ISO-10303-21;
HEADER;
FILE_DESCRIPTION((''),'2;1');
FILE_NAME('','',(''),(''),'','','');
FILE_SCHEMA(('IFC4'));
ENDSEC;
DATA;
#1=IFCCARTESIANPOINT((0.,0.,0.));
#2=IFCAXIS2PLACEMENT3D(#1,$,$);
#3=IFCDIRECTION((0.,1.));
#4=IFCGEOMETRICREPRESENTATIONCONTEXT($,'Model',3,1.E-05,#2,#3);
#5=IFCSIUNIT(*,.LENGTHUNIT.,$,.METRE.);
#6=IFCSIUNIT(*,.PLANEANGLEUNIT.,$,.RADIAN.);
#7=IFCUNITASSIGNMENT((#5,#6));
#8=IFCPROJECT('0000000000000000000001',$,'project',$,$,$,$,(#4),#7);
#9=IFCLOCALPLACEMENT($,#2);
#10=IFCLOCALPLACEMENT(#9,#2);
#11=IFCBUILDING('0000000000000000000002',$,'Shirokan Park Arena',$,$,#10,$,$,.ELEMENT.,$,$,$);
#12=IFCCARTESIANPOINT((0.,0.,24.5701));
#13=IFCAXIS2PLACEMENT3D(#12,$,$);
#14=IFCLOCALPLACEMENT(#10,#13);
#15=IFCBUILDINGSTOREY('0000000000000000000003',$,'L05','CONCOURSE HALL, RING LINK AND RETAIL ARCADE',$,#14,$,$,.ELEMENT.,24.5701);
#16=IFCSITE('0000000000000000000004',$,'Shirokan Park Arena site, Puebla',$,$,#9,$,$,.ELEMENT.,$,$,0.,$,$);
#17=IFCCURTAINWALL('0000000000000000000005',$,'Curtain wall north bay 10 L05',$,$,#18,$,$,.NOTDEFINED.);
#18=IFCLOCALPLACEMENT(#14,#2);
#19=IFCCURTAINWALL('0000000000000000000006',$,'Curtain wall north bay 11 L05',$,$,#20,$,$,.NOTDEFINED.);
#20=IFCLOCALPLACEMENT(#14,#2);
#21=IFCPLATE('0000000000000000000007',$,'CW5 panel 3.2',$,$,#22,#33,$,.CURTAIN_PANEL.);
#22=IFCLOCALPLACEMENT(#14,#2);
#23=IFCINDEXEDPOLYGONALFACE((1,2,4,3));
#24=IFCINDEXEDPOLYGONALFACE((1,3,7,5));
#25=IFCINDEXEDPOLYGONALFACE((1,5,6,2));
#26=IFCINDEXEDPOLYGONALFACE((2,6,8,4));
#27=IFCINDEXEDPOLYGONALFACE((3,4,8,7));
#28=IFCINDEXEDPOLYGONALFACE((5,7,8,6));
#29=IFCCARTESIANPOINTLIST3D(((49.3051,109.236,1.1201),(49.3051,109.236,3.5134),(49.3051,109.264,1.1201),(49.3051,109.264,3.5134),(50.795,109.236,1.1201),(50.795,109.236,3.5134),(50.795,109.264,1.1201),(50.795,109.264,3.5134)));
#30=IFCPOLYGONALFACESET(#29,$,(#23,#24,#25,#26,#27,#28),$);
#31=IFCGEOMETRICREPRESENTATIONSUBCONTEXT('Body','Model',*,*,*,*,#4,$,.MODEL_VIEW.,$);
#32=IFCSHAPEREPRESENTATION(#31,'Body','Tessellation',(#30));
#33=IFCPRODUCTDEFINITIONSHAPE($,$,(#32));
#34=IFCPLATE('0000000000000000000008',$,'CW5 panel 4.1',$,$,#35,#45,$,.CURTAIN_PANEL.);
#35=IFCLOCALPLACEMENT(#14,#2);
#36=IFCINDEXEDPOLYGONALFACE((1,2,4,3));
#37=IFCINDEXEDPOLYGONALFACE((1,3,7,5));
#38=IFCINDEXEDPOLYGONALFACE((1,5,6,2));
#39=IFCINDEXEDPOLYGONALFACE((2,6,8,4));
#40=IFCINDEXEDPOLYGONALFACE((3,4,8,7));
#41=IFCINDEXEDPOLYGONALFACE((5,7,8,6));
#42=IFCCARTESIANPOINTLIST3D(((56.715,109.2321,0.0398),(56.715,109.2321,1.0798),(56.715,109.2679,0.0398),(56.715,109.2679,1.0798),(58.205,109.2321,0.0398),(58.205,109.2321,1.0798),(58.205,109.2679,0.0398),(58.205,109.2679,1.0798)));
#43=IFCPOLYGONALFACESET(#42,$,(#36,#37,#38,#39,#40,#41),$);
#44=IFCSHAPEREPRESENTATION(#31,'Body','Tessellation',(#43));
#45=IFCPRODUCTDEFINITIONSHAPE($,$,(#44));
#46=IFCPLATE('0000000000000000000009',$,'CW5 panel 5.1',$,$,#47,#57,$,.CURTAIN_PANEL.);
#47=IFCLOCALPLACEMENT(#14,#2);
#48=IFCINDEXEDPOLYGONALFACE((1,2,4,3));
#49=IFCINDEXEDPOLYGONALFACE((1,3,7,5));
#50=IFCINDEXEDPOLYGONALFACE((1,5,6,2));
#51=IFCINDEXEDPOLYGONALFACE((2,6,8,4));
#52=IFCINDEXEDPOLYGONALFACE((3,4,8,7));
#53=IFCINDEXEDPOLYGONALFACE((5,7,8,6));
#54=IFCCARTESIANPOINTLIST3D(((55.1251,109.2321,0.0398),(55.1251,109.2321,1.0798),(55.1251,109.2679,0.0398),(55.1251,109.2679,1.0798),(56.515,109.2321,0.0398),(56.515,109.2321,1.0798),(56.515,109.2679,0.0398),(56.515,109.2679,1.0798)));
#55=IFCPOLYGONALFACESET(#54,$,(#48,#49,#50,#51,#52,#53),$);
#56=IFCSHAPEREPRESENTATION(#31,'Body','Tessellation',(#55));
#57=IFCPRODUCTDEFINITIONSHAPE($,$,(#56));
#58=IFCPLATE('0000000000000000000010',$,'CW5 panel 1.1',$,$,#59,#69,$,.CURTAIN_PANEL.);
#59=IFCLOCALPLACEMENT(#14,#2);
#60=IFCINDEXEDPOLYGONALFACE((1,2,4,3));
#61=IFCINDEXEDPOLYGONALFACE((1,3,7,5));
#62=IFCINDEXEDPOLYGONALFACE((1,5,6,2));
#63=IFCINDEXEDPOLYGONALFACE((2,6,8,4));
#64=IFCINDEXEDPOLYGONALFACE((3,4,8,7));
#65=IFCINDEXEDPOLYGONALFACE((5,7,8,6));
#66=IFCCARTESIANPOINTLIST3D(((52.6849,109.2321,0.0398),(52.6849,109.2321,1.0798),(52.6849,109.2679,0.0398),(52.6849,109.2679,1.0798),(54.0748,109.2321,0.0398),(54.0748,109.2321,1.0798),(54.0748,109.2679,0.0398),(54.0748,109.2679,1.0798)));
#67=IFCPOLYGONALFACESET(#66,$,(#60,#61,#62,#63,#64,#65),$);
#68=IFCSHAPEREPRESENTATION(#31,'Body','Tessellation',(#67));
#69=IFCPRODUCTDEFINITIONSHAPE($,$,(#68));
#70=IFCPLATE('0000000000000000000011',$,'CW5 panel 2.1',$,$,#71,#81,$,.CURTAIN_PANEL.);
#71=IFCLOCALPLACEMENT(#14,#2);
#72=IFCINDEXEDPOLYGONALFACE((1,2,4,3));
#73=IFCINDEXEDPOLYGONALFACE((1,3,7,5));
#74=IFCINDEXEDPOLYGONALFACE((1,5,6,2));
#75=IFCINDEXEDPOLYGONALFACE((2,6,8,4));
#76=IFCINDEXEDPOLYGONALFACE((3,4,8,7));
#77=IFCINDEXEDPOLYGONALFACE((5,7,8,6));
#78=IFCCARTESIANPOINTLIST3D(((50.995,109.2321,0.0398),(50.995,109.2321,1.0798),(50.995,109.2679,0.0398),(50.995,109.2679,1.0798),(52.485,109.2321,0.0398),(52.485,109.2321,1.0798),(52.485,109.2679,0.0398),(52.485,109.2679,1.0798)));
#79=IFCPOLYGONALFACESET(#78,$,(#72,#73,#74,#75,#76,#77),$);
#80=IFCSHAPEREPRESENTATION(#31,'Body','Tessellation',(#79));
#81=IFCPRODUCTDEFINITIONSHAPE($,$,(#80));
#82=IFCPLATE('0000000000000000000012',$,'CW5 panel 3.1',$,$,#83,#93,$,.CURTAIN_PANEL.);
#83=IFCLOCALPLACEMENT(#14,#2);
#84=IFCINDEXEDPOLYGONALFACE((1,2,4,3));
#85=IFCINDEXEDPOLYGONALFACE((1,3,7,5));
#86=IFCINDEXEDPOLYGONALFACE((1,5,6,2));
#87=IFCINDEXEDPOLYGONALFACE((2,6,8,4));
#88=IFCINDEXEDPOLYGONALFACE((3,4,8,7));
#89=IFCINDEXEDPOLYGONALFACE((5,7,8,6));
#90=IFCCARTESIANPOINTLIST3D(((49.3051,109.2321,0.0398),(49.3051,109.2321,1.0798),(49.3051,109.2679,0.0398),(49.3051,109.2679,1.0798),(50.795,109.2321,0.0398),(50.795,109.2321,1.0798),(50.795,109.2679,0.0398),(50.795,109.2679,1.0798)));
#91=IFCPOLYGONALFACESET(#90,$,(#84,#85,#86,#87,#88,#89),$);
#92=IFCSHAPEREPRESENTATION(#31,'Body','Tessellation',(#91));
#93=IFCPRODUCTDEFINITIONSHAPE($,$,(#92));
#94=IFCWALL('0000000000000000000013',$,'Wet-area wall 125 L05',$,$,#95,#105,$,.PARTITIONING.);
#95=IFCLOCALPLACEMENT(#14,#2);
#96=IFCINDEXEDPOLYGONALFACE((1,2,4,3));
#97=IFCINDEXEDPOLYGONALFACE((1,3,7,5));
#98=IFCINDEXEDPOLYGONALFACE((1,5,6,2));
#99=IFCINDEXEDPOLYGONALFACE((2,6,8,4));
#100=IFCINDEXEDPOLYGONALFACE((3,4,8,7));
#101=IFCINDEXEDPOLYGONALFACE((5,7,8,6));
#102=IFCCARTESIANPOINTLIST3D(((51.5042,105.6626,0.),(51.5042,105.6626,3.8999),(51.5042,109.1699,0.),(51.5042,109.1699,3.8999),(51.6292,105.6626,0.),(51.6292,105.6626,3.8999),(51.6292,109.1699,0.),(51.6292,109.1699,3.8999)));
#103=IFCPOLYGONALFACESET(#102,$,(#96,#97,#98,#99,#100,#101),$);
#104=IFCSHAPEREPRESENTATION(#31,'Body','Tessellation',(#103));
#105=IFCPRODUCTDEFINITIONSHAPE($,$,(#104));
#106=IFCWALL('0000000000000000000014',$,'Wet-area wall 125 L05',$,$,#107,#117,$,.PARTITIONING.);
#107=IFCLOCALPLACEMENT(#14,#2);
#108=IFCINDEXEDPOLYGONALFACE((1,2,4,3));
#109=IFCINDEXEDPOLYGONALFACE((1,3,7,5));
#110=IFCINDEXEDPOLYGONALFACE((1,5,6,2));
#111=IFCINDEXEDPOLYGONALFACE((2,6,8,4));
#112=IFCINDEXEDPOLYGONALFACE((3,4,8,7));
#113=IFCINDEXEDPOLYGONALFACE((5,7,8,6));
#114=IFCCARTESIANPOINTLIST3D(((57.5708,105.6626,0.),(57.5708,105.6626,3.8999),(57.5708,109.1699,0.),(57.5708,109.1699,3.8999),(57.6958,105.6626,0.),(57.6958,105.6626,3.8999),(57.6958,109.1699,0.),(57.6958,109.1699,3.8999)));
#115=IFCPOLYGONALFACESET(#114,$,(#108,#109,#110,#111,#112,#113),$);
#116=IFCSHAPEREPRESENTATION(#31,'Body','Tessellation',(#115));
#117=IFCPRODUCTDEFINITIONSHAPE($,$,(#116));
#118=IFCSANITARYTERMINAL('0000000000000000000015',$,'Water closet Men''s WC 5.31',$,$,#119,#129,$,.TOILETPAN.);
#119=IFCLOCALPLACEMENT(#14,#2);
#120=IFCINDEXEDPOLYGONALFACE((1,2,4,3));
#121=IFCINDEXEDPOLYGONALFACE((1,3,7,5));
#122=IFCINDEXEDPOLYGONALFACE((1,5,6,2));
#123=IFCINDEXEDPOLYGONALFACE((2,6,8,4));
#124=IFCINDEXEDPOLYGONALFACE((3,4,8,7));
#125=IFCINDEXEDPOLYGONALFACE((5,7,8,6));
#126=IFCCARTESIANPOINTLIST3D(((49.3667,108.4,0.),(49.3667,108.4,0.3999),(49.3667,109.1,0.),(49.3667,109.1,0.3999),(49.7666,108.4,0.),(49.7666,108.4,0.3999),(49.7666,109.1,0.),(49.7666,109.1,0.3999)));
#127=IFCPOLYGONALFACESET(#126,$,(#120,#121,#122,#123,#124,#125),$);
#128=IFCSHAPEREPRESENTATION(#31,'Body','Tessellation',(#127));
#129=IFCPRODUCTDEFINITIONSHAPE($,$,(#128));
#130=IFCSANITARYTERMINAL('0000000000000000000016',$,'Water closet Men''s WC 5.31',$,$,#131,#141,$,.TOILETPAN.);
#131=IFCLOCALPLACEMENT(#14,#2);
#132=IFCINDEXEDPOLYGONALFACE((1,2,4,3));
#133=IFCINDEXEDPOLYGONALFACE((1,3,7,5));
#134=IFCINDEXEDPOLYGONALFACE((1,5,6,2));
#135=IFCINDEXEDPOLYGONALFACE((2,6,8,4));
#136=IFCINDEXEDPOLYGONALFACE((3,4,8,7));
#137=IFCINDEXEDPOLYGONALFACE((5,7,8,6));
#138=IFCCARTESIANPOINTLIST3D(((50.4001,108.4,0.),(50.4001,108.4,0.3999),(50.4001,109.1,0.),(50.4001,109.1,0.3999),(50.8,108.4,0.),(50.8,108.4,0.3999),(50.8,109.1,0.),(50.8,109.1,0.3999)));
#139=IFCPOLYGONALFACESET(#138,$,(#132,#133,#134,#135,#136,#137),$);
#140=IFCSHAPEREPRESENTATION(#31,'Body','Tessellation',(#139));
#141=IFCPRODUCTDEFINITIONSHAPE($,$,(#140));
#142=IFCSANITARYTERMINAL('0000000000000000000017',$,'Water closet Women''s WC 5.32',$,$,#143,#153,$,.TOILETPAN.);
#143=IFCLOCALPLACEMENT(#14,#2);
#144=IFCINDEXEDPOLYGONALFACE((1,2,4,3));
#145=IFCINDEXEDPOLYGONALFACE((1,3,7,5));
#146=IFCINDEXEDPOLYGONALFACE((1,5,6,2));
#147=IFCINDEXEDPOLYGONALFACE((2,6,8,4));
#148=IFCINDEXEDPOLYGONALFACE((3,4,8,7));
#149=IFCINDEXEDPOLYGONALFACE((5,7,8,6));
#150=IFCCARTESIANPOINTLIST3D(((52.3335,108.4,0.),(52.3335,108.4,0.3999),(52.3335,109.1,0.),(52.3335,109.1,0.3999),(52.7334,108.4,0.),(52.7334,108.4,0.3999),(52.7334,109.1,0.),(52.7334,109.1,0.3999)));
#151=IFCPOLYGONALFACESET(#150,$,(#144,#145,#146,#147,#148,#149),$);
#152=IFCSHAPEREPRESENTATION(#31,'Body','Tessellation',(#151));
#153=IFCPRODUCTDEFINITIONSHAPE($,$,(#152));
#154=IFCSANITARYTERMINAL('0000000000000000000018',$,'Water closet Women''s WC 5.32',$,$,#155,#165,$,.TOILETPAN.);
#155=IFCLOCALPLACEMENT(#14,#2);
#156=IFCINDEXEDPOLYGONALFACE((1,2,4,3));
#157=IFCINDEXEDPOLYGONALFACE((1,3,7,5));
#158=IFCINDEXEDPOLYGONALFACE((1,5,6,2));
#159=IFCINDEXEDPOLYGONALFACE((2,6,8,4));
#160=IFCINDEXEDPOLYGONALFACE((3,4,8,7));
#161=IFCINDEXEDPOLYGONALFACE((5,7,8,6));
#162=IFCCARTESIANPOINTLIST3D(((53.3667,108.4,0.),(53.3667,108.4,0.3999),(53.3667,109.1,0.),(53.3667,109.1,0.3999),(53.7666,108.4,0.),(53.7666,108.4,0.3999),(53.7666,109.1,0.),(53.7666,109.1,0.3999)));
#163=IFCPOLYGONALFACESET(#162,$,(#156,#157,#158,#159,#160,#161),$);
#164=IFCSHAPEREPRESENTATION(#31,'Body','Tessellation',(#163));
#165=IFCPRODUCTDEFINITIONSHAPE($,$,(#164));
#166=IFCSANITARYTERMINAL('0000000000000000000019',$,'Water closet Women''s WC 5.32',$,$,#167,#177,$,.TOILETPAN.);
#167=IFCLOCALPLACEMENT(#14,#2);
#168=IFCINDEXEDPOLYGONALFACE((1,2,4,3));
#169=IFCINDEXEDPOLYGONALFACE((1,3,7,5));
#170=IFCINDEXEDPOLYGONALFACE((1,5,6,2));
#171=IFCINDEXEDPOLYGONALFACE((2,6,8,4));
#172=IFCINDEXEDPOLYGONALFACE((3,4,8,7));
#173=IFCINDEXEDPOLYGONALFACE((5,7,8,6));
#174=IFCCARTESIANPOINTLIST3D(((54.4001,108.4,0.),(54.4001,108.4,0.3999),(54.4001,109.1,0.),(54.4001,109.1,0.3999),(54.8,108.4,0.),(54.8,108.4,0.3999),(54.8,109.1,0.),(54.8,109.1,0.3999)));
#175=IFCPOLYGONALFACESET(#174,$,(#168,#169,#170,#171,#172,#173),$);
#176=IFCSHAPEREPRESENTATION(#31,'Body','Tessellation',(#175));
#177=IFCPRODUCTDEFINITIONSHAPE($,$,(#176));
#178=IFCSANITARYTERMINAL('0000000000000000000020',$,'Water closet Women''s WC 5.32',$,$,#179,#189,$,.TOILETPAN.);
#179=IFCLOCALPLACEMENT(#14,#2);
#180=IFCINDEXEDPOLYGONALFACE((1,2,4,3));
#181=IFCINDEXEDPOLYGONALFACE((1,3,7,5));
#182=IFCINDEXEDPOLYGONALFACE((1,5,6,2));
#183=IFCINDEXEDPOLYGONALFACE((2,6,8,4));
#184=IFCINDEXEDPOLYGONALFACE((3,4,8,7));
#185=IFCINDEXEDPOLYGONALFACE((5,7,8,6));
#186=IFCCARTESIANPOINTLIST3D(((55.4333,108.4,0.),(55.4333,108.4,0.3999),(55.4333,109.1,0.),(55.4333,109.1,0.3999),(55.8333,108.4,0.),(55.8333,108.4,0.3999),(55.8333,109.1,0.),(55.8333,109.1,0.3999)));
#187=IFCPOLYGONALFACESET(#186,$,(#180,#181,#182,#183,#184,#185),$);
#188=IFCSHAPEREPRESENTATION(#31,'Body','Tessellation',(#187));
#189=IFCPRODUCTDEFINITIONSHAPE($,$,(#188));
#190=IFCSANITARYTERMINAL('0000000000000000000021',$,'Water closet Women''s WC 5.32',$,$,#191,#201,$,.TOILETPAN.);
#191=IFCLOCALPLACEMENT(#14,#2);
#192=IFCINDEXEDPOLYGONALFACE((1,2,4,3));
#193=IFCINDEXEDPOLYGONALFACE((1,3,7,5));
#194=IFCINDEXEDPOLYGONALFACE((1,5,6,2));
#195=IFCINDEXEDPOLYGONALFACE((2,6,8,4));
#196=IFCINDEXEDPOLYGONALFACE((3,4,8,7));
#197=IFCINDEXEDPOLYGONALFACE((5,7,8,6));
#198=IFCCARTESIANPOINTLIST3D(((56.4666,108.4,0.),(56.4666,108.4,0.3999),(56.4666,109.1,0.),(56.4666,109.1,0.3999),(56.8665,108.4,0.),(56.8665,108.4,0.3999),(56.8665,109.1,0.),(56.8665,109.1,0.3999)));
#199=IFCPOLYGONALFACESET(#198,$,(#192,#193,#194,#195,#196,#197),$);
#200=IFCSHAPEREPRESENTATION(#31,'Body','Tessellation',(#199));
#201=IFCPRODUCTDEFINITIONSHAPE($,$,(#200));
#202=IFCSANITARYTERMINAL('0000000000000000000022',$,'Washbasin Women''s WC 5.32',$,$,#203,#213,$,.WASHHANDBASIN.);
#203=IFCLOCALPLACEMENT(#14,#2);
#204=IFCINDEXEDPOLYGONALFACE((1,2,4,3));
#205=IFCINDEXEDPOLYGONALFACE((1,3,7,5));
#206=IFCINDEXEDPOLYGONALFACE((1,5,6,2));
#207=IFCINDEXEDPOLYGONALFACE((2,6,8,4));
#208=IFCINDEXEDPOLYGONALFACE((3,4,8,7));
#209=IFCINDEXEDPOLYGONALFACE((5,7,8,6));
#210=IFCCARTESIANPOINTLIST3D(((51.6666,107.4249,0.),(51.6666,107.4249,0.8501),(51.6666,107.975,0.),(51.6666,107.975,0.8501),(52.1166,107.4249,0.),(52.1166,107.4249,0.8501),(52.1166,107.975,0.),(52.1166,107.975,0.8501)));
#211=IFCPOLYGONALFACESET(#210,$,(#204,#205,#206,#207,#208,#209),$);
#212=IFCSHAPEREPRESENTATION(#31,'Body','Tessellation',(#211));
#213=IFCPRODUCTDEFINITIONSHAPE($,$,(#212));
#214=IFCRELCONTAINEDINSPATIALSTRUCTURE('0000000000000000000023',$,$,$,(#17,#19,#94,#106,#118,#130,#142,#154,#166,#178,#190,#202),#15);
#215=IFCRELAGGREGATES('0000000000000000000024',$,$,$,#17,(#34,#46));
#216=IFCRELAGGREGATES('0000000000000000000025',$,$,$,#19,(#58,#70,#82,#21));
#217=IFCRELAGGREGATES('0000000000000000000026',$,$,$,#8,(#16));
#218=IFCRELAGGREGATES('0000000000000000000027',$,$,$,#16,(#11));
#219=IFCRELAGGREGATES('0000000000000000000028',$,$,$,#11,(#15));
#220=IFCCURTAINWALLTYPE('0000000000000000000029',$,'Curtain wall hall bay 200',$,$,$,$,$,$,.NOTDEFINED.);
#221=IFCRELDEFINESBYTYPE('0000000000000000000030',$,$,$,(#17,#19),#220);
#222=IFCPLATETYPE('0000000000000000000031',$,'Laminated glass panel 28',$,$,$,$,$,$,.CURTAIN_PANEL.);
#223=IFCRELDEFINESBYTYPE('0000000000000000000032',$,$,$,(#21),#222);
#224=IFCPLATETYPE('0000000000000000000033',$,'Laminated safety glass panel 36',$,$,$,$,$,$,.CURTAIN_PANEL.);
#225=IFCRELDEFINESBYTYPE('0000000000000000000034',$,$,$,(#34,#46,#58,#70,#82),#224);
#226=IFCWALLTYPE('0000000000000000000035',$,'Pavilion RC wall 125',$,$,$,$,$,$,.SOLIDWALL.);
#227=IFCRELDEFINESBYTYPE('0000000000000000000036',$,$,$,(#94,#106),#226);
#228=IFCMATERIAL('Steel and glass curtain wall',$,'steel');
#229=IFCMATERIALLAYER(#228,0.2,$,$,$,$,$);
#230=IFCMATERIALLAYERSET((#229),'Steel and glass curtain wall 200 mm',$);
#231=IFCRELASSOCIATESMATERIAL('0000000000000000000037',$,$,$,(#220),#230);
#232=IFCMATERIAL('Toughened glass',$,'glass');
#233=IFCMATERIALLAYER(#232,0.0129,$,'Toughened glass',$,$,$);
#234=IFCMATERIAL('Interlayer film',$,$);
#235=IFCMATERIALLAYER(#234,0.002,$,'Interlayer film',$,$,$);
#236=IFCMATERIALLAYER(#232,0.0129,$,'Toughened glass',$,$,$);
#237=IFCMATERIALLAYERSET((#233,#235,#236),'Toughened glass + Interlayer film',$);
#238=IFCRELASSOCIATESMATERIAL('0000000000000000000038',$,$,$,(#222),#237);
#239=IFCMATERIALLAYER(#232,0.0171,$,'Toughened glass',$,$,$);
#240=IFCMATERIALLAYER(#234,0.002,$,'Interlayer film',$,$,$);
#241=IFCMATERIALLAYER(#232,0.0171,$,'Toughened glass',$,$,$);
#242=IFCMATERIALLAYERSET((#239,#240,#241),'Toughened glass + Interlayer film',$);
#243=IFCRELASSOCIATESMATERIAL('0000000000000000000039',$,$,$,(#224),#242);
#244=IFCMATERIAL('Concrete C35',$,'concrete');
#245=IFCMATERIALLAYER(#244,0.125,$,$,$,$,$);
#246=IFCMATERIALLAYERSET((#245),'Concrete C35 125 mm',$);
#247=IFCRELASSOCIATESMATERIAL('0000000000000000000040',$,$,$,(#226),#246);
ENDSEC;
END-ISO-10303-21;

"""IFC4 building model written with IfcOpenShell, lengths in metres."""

from ifc_helpers import new_model, si_unit, direction, frame, frame_2d, origin, origin_2d, place, context, subcontext, project, spatial, rectangle, extrude, material, layer, layer_set, type_object, element, aggregate, save


model = new_model("IFC4")

# Units and contexts
model_context = context("Model", 3, precision=1e-05, world=origin(), true_north=direction((0.0, 1.0)))
body_context = subcontext(model_context, "Body", "Model", "MODEL_VIEW")
ifc_project = project(units=[si_unit("LENGTHUNIT", "METRE"), si_unit("PLANEANGLEUNIT", "RADIAN")], contexts=[model_context])

# Site, building, storey
site_placement = place(None, origin())
site = spatial("IfcSite", under=ifc_project, at=site_placement, Name="Shirokan Park Arena site, Puebla", CompositionType="ELEMENT", RefElevation=0.0)
building_placement = place(site_placement, origin())
building = spatial("IfcBuilding", under=site, at=building_placement, Name="Shirokan Park Arena", CompositionType="ELEMENT")
storey_placement = place(building_placement, frame((0.0, 0.0, 24.5701)))
storey = spatial("IfcBuildingStorey", under=building, at=storey_placement, Name="L05", Description="CONCOURSE HALL, RING LINK AND RETAIL ARCADE", CompositionType="ELEMENT", Elevation=24.5701)

# Shared definitions
ifc_material_1 = material(Name="Concrete C35", Category="concrete")

# Curtain walls
ifc_material_2 = material(Name="Steel and glass curtain wall", Category="steel")
ifc_layer_1 = layer(ifc_material_2, 0.2)
ifc_layer_set_1 = layer_set([ifc_layer_1], Name="Steel and glass curtain wall 200 mm")
curtain_wall_type = type_object("IfcCurtainWallType", Name="Curtain wall hall bay 200", PredefinedType="NOTDEFINED", material=ifc_layer_set_1)
curtain_wall_1_placement = place(storey_placement, origin())
curtain_wall_1 = element("IfcCurtainWall", 1, at=curtain_wall_1_placement, inside=storey, type_object=curtain_wall_type, Name="Curtain wall north bay 10 L05", PredefinedType="NOTDEFINED")
curtain_wall_2_placement = place(storey_placement, origin())
curtain_wall_2 = element("IfcCurtainWall", 2, at=curtain_wall_2_placement, inside=storey, type_object=curtain_wall_type, Name="Curtain wall north bay 11 L05", PredefinedType="NOTDEFINED")

# Plates
ifc_material_3 = material(Name="Toughened glass", Category="glass")
ifc_layer_2 = layer(ifc_material_3, 0.0129, Name="Toughened glass")
ifc_material_4 = material(Name="Interlayer film")
ifc_layer_3 = layer(ifc_material_4, 0.002, Name="Interlayer film")
ifc_layer_4 = layer(ifc_material_3, 0.0129, Name="Toughened glass")
ifc_layer_set_2 = layer_set([ifc_layer_2, ifc_layer_3, ifc_layer_4], Name="Toughened glass + Interlayer film")
plate_type_1 = type_object("IfcPlateType", Name="Laminated glass panel 28", PredefinedType="CURTAIN_PANEL", material=ifc_layer_set_2)
plate_1_placement = place(storey_placement, frame((50.05, 109.25, 1.1201), z_axis=(0.0, 0.0, 1.0), x_axis=(-1.0, 0.0, 0.0)))
plate_1 = element("IfcPlate", 3, at=plate_1_placement, type_object=plate_type_1, Name="CW5 panel 3.2", PredefinedType="CURTAIN_PANEL", context=body_context, shape_type="SweptSolid", body=[
    extrude(rectangle(XDim=1.49, YDim=0.0281, at=origin_2d()), origin(), (0.0, 0.0, 1.0), 2.3933),
])
ifc_layer_5 = layer(ifc_material_3, 0.0171, Name="Toughened glass")
ifc_layer_6 = layer(ifc_material_4, 0.002, Name="Interlayer film")
ifc_layer_7 = layer(ifc_material_3, 0.0171, Name="Toughened glass")
ifc_layer_set_3 = layer_set([ifc_layer_5, ifc_layer_6, ifc_layer_7], Name="Toughened glass + Interlayer film")
plate_type_2 = type_object("IfcPlateType", Name="Laminated safety glass panel 36", PredefinedType="CURTAIN_PANEL", material=ifc_layer_set_3)
plate_2_placement = place(storey_placement, frame((57.46, 109.25, 0.0398), z_axis=(0.0, 0.0, 1.0), x_axis=(-1.0, 0.0, 0.0)))
plate_2 = element("IfcPlate", 4, at=plate_2_placement, type_object=plate_type_2, Name="CW5 panel 4.1", PredefinedType="CURTAIN_PANEL", context=body_context, shape_type="SweptSolid", body=[
    extrude(rectangle(XDim=1.49, YDim=0.0359, at=origin_2d()), origin(), (0.0, 0.0, 1.0), 1.04),
])
plate_3_placement = place(storey_placement, frame((55.8201, 109.25, 0.0398), z_axis=(0.0, 0.0, 1.0), x_axis=(-1.0, 0.0, 0.0)))
plate_3 = element("IfcPlate", 5, at=plate_3_placement, type_object=plate_type_2, Name="CW5 panel 5.1", PredefinedType="CURTAIN_PANEL", context=body_context, shape_type="SweptSolid", body=[
    extrude(rectangle(XDim=1.3899, YDim=0.0359, at=origin_2d()), origin(), (0.0, 0.0, 1.0), 1.04),
])
aggregate(curtain_wall_1, [plate_2, plate_3])
plate_4_placement = place(storey_placement, frame((53.3799, 109.25, 0.0398), z_axis=(0.0, 0.0, 1.0), x_axis=(-1.0, 0.0, 0.0)))
plate_4 = element("IfcPlate", 6, at=plate_4_placement, type_object=plate_type_2, Name="CW5 panel 1.1", PredefinedType="CURTAIN_PANEL", context=body_context, shape_type="SweptSolid", body=[
    extrude(rectangle(XDim=1.3899, YDim=0.0359, at=origin_2d()), origin(), (0.0, 0.0, 1.0), 1.04),
])
plate_5_placement = place(storey_placement, frame((51.74, 109.25, 0.0398), z_axis=(0.0, 0.0, 1.0), x_axis=(-1.0, 0.0, 0.0)))
plate_5 = element("IfcPlate", 7, at=plate_5_placement, type_object=plate_type_2, Name="CW5 panel 2.1", PredefinedType="CURTAIN_PANEL", context=body_context, shape_type="SweptSolid", body=[
    extrude(rectangle(XDim=1.49, YDim=0.0359, at=origin_2d()), origin(), (0.0, 0.0, 1.0), 1.04),
])
plate_6_placement = place(storey_placement, frame((50.05, 109.25, 0.0398), z_axis=(0.0, 0.0, 1.0), x_axis=(-1.0, 0.0, 0.0)))
plate_6 = element("IfcPlate", 8, at=plate_6_placement, type_object=plate_type_2, Name="CW5 panel 3.1", PredefinedType="CURTAIN_PANEL", context=body_context, shape_type="SweptSolid", body=[
    extrude(rectangle(XDim=1.49, YDim=0.0359, at=origin_2d()), origin(), (0.0, 0.0, 1.0), 1.04),
])
aggregate(curtain_wall_2, [plate_4, plate_5, plate_6, plate_1])

# Walls
ifc_layer_8 = layer(ifc_material_1, 0.125)
ifc_layer_set_4 = layer_set([ifc_layer_8], Name="Concrete C35 125 mm")
wall_type = type_object("IfcWallType", Name="Pavilion RC wall 125", PredefinedType="SOLIDWALL", material=ifc_layer_set_4)
for number, where, z_axis, x_axis, name in (
    (9, (51.5667, 109.1699, 0.0), (0.0, 0.0, 1.0), (0.0, -1.0, 0.0), "Wet-area wall 125 L05"),
    (10, (57.6333, 109.1699, 0.0), (0.0, 0.0, 1.0), (0.0, -1.0, 0.0), "Wet-area wall 125 L05"),
):
    element("IfcWall", number, at=place(storey_placement, frame(where, z_axis=z_axis, x_axis=x_axis)), inside=storey, type_object=wall_type, Name=name, PredefinedType="PARTITIONING", context=body_context, shape_type="SweptSolid", body=[
        extrude(rectangle(XDim=3.5073, YDim=0.125, at=frame_2d((1.7537, 0.0))), origin(), (0.0, 0.0, 1.0), 3.8999),
    ])

# Sanitary terminals
for number, where, z_axis, x_axis, name in (
    (11, (49.5667, 108.75, 0.0), (0.0, 0.0, 1.0), (1.0, 0.0, 0.0), "Water closet Men's WC 5.31"),
    (12, (50.6001, 108.75, 0.0), (0.0, 0.0, 1.0), (1.0, 0.0, 0.0), "Water closet Men's WC 5.31"),
    (13, (52.5334, 108.75, 0.0), (0.0, 0.0, 1.0), (1.0, 0.0, 0.0), "Water closet Women's WC 5.32"),
    (14, (53.5667, 108.75, 0.0), (0.0, 0.0, 1.0), (1.0, 0.0, 0.0), "Water closet Women's WC 5.32"),
    (15, (54.6001, 108.75, 0.0), (0.0, 0.0, 1.0), (1.0, 0.0, 0.0), "Water closet Women's WC 5.32"),
    (16, (55.6333, 108.75, 0.0), (0.0, 0.0, 1.0), (1.0, 0.0, 0.0), "Water closet Women's WC 5.32"),
    (17, (56.6665, 108.75, 0.0), (0.0, 0.0, 1.0), (1.0, 0.0, 0.0), "Water closet Women's WC 5.32"),
):
    element("IfcSanitaryTerminal", number, at=place(storey_placement, frame(where, z_axis=z_axis, x_axis=x_axis)), inside=storey, Name=name, PredefinedType="TOILETPAN", context=body_context, shape_type="SweptSolid", body=[
        extrude(rectangle(XDim=0.3999, YDim=0.7, at=origin_2d()), origin(), (0.0, 0.0, 1.0), 0.3999),
    ])
for number, where, z_axis, x_axis, name in (
    (18, (51.8916, 107.7, 0.0), (0.0, 0.0, 1.0), (1.0, 0.0, 0.0), "Washbasin Women's WC 5.32"),
):
    element("IfcSanitaryTerminal", number, at=place(storey_placement, frame(where, z_axis=z_axis, x_axis=x_axis)), inside=storey, Name=name, PredefinedType="WASHHANDBASIN", context=body_context, shape_type="SweptSolid", body=[
        extrude(rectangle(XDim=0.45, YDim=0.55, at=origin_2d()), origin(), (0.0, 0.0, 1.0), 0.8501),
    ])

save(model, "model.ifc")
